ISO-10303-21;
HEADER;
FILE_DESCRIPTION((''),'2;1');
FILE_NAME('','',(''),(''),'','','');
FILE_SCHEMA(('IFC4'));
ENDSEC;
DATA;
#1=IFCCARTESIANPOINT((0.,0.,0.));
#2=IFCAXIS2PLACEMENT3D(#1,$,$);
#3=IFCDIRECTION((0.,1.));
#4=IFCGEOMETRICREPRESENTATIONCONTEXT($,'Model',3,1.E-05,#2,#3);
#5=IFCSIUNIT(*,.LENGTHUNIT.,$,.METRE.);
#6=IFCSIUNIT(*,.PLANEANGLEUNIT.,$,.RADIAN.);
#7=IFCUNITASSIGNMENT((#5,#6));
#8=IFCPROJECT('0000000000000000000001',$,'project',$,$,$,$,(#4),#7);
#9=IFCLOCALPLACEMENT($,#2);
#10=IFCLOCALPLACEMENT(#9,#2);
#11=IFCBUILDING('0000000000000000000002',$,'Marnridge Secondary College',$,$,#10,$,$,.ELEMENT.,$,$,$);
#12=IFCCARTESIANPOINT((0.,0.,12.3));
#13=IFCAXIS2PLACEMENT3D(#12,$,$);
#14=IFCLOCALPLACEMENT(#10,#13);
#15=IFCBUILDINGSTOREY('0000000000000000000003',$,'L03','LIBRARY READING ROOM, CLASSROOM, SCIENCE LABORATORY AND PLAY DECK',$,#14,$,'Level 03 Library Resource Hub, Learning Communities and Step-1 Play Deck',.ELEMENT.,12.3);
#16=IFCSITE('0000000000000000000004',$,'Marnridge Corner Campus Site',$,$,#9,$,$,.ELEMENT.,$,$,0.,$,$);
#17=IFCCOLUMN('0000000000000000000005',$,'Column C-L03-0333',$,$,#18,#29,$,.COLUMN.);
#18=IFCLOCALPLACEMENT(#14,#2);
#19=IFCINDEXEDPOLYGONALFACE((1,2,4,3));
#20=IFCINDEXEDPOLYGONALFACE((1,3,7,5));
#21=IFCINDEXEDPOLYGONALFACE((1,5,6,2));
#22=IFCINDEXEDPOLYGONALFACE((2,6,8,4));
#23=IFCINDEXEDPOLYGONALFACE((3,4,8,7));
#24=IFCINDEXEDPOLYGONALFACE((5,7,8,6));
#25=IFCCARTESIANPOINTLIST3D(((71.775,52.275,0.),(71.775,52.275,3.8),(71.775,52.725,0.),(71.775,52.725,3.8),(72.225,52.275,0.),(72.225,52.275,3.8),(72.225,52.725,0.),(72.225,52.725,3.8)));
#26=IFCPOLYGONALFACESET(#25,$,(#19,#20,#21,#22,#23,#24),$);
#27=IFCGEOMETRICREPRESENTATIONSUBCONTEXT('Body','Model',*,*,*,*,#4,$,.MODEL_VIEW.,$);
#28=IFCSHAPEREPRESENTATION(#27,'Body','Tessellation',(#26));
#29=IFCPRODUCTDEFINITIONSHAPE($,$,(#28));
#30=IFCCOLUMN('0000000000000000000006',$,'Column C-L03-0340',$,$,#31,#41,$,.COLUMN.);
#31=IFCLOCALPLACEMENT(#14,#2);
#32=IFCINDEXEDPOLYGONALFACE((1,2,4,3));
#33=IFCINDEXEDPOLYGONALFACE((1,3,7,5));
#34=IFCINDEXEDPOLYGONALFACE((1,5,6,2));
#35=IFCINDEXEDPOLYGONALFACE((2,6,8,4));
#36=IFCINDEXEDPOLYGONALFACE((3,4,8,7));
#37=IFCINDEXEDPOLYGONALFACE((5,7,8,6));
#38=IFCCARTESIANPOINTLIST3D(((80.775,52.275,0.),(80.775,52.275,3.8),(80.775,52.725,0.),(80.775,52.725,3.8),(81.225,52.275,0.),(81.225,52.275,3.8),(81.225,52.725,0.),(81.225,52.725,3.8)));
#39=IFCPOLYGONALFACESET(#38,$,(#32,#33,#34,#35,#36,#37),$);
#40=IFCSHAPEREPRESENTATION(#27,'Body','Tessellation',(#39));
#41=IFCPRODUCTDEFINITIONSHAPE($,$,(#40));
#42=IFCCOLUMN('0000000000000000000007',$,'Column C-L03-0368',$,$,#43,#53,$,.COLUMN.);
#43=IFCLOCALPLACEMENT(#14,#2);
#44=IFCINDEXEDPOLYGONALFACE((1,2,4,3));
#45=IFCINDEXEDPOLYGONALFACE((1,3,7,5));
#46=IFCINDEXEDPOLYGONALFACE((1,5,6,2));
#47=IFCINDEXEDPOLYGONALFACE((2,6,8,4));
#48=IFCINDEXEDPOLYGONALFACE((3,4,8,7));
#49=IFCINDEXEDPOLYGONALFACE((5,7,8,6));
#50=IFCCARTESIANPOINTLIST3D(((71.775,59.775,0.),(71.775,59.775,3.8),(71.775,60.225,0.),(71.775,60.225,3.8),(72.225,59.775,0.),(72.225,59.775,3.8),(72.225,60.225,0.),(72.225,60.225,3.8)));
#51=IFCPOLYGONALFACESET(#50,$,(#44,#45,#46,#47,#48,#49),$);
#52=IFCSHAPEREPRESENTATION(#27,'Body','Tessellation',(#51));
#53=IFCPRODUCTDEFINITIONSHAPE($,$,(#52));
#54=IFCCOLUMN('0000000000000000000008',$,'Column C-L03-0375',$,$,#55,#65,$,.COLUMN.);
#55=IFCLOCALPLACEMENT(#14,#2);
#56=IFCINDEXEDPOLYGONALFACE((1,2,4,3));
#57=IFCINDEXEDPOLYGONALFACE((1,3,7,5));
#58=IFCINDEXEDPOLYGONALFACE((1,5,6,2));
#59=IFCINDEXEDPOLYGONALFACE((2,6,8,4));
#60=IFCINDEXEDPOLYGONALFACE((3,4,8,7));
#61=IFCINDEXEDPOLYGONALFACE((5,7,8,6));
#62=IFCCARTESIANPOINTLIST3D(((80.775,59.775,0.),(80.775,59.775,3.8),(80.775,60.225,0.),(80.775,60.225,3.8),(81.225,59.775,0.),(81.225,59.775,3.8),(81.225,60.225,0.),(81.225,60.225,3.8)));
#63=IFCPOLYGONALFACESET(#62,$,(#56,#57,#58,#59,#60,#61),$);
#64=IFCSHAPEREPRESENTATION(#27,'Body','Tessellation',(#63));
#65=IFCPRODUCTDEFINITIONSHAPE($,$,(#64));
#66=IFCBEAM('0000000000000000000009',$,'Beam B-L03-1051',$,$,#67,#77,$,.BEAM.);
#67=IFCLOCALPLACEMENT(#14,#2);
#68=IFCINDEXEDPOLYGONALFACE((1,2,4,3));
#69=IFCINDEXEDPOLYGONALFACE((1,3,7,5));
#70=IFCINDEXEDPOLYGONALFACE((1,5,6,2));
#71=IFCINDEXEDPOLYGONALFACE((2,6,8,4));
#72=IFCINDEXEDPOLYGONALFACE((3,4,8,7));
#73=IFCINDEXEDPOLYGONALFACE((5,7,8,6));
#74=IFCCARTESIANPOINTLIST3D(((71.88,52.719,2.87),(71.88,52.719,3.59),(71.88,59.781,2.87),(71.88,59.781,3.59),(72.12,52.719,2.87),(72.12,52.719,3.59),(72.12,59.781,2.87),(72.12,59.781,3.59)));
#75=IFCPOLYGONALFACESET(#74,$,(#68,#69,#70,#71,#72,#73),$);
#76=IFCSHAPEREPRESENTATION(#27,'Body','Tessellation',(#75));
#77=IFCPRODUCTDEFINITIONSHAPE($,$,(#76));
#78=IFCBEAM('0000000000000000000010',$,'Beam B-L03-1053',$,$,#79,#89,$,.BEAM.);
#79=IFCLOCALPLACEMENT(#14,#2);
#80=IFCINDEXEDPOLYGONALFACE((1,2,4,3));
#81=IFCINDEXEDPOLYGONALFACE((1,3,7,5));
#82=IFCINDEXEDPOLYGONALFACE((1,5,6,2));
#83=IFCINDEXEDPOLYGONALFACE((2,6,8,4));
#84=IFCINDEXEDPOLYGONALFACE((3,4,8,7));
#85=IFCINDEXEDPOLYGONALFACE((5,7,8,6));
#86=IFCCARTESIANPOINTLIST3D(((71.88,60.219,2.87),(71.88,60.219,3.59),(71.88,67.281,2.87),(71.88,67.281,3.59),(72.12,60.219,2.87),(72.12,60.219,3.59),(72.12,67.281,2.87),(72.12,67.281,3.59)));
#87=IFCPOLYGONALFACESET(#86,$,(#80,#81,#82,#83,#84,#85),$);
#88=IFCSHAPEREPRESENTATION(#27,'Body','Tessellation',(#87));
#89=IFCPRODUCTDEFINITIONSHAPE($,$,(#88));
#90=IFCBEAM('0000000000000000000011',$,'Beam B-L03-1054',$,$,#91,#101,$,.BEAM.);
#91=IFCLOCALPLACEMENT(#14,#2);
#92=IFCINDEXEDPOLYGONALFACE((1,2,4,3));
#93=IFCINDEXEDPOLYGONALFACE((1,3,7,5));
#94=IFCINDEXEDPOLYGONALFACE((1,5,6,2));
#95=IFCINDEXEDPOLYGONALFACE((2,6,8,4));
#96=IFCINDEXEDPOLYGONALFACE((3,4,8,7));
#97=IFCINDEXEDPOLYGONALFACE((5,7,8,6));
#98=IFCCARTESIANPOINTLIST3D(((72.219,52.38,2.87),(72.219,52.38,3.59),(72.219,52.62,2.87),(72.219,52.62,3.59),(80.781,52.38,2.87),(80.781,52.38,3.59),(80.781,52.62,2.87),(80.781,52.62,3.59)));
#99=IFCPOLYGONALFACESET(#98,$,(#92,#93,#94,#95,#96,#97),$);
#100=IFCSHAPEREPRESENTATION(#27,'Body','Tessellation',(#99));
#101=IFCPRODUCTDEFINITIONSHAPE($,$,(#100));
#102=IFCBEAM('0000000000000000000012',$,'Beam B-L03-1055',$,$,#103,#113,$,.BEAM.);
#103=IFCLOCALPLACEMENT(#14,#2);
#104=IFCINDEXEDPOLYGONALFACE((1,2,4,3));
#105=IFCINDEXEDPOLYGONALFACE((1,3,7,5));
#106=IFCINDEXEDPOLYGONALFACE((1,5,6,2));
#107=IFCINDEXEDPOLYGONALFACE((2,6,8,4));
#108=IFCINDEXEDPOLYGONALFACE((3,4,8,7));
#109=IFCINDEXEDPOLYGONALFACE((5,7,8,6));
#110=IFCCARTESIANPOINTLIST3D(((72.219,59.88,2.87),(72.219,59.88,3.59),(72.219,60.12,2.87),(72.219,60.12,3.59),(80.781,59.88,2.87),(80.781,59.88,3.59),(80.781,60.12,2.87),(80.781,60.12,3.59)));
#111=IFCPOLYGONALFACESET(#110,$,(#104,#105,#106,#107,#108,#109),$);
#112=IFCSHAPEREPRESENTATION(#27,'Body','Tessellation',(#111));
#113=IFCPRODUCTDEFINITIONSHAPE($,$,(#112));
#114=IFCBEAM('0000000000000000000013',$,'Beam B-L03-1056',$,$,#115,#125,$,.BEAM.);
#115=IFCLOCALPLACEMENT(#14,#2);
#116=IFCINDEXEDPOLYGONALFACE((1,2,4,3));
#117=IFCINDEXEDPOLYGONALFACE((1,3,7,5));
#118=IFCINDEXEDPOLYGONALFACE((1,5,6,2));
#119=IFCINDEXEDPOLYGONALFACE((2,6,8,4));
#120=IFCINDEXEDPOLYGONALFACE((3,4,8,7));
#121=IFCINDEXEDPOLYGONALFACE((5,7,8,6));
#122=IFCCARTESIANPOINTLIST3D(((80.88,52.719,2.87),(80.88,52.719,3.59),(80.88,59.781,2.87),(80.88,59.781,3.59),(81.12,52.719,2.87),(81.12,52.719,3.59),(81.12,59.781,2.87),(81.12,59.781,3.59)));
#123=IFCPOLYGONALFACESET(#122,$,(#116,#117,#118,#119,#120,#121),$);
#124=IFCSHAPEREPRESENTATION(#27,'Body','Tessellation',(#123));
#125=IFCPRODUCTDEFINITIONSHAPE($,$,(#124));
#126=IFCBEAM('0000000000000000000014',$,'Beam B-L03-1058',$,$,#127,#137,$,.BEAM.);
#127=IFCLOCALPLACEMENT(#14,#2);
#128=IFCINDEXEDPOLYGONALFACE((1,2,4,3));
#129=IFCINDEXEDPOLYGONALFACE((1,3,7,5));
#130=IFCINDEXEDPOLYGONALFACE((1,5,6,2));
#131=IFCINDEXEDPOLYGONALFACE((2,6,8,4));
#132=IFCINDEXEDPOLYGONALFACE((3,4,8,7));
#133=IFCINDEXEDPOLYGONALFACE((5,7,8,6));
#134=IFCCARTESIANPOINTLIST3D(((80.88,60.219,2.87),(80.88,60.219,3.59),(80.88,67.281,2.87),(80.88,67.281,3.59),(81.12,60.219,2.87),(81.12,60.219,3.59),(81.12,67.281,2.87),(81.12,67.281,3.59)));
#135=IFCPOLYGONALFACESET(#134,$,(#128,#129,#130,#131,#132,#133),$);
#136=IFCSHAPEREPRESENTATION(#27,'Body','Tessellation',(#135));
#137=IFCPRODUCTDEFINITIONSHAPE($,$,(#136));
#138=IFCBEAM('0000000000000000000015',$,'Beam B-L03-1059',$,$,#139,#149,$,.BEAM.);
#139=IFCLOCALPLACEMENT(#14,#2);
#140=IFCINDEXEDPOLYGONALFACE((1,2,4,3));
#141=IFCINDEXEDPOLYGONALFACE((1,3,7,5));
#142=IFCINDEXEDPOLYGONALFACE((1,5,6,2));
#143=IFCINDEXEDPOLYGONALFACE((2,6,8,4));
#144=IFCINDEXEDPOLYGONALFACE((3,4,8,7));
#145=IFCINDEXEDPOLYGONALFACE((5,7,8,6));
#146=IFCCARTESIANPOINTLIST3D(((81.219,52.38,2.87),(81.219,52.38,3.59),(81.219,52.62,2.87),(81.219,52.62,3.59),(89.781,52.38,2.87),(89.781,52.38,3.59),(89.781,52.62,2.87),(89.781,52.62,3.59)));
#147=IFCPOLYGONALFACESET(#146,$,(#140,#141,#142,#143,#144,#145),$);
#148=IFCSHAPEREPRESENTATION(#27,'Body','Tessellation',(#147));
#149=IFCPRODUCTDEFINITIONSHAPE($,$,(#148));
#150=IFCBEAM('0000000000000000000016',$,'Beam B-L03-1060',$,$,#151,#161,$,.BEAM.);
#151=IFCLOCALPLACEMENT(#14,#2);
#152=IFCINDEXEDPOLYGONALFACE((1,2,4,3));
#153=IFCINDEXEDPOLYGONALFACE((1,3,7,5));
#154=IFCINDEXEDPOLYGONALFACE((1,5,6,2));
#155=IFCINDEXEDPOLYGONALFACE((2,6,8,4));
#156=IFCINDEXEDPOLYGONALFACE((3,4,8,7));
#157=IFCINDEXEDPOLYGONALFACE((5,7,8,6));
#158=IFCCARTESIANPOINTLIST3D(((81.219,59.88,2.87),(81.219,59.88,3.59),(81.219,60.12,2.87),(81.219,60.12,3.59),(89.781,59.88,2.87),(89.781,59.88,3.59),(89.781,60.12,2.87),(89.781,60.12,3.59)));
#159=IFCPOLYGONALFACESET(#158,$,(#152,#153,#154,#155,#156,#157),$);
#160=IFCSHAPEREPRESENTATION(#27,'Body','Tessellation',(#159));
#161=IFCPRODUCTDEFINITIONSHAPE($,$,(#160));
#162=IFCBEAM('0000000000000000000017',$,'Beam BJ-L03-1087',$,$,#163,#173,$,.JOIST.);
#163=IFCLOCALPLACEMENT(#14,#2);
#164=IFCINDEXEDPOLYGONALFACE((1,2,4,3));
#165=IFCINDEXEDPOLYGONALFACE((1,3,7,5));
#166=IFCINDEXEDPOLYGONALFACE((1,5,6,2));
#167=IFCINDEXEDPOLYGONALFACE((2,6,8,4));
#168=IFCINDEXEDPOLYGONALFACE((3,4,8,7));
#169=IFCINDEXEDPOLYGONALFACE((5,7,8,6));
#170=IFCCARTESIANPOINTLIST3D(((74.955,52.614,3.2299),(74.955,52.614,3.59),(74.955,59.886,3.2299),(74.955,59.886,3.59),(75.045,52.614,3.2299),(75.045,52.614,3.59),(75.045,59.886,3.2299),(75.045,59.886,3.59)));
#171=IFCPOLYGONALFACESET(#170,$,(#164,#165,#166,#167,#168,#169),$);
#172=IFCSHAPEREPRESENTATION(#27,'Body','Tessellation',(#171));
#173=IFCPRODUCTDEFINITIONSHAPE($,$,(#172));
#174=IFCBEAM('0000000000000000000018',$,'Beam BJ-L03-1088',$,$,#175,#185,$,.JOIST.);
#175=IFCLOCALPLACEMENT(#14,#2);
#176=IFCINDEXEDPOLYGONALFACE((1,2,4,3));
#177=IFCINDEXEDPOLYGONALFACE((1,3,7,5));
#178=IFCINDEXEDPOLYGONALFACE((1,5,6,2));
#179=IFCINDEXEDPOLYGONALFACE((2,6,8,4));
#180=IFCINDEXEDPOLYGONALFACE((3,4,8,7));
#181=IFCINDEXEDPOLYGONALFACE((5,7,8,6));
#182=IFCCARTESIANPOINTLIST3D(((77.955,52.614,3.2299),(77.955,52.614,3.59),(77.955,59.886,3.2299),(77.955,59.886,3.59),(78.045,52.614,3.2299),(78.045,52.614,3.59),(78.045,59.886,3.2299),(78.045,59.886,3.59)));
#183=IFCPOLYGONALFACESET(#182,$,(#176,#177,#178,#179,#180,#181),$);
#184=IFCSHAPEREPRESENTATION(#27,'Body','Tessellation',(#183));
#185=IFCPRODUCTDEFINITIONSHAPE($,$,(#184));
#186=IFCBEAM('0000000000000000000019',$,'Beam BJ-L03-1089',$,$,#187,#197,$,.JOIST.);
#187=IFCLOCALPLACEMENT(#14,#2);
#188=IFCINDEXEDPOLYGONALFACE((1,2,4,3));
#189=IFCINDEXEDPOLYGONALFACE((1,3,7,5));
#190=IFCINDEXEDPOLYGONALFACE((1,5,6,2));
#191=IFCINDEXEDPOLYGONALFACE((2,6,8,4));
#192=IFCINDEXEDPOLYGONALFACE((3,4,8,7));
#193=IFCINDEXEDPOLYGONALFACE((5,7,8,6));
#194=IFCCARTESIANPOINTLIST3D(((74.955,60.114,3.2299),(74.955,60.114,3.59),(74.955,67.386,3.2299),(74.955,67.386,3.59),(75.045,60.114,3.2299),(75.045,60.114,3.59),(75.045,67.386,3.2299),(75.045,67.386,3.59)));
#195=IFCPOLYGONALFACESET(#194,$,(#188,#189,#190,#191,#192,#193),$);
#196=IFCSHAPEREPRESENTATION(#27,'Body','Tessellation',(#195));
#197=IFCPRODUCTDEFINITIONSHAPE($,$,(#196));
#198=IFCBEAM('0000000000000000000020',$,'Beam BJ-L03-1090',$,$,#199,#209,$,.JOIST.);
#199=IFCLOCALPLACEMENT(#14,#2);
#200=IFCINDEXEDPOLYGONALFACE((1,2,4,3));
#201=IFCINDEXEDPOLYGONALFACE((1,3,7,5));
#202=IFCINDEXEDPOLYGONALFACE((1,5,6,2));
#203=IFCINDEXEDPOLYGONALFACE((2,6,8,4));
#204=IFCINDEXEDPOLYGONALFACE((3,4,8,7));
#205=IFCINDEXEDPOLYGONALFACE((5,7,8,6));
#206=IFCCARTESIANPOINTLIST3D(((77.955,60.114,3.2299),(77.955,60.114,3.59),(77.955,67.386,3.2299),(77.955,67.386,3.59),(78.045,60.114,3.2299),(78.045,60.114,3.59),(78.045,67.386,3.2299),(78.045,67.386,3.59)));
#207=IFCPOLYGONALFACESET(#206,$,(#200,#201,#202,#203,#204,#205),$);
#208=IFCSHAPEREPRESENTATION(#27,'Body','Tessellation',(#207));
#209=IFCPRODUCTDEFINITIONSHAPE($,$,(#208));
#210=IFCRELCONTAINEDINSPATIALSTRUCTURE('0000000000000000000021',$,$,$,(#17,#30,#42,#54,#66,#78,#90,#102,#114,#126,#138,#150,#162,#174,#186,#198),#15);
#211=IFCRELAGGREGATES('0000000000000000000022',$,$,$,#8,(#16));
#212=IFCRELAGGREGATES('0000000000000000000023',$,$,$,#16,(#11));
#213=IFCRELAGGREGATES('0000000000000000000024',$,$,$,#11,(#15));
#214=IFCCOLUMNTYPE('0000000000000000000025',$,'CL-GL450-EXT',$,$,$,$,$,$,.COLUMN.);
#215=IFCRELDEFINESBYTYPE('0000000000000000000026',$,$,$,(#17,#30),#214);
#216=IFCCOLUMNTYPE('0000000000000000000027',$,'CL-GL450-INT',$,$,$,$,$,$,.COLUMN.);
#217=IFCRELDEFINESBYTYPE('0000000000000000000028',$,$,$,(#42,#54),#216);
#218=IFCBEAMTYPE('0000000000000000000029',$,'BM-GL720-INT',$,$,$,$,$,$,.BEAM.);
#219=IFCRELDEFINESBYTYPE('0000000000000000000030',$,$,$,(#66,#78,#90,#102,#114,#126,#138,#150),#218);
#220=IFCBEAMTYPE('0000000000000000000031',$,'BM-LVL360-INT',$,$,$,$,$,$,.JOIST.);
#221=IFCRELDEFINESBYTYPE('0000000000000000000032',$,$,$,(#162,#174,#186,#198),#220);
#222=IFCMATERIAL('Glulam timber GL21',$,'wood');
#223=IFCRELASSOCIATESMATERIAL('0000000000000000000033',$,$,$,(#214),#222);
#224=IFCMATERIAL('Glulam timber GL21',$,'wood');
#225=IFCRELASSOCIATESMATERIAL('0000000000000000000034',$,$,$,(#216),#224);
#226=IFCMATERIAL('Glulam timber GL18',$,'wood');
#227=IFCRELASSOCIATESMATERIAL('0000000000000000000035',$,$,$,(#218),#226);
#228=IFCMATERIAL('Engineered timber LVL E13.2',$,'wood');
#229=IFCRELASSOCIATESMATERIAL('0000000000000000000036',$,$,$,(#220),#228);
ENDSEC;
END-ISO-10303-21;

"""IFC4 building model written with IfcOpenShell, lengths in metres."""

from ifc_helpers import new_model, si_unit, direction, frame, origin, origin_2d, place, context, subcontext, project, spatial, rectangle, extrude, material, material_profile, profile_set, type_object, element, save


model = new_model("IFC4")

# Units and contexts
model_context = context("Model", 3, precision=1e-05, world=origin(), true_north=direction((0.0, 1.0)))
body_context = subcontext(model_context, "Body", "Model", "MODEL_VIEW")
ifc_project = project(units=[si_unit("LENGTHUNIT", "METRE"), si_unit("PLANEANGLEUNIT", "RADIAN")], contexts=[model_context])

# Site, building, storey
site_placement = place(None, origin())
site = spatial("IfcSite", under=ifc_project, at=site_placement, Name="Marnridge Corner Campus Site", CompositionType="ELEMENT", RefElevation=0.0)
building_placement = place(site_placement, origin())
building = spatial("IfcBuilding", under=site, at=building_placement, Name="Marnridge Secondary College", CompositionType="ELEMENT")
storey_placement = place(building_placement, frame((0.0, 0.0, 12.3)))
storey = spatial("IfcBuildingStorey", under=building, at=storey_placement, Name="L03", Description="LIBRARY READING ROOM, CLASSROOM, SCIENCE LABORATORY AND PLAY DECK", LongName="Level 03 Library Resource Hub, Learning Communities and Step-1 Play Deck", CompositionType="ELEMENT", Elevation=12.3)

# Columns
ifc_material_1 = material(Name="Glulam timber GL21", Category="wood")
ifc_material_profile_1 = material_profile(ifc_material_1, rectangle(XDim=0.45, YDim=0.45, at=origin_2d()), Name="GL21 450x450")
ifc_profile_set_1 = profile_set([ifc_material_profile_1], Name="Glulam timber GL21")
column_type_1 = type_object("IfcColumnType", Name="CL-GL450-EXT", PredefinedType="COLUMN", material=ifc_profile_set_1)
for number, where, z_axis, x_axis, name in (
    (1, (72.0, 52.5, 0.0), (0.0, 0.0, 1.0), (1.0, 0.0, 0.0), "Column C-L03-0333"),
    (2, (81.0, 52.5, 0.0), (0.0, 0.0, 1.0), (1.0, 0.0, 0.0), "Column C-L03-0340"),
):
    element("IfcColumn", number, at=place(storey_placement, frame(where, z_axis=z_axis, x_axis=x_axis)), inside=storey, type_object=column_type_1, Name=name, PredefinedType="COLUMN", context=body_context, shape_type="SweptSolid", body=[
        extrude(rectangle(XDim=0.45, YDim=0.45, at=origin_2d()), origin(), (0.0, 0.0, 1.0), 3.8),
    ])
ifc_material_2 = material(Name="Glulam timber GL21", Category="wood")
ifc_material_profile_2 = material_profile(ifc_material_2, rectangle(XDim=0.45, YDim=0.45, at=origin_2d()), Name="GL21 450x450")
ifc_profile_set_2 = profile_set([ifc_material_profile_2], Name="Glulam timber GL21")
column_type_2 = type_object("IfcColumnType", Name="CL-GL450-INT", PredefinedType="COLUMN", material=ifc_profile_set_2)
for number, where, z_axis, x_axis, name in (
    (3, (72.0, 60.0, 0.0), (0.0, 0.0, 1.0), (1.0, 0.0, 0.0), "Column C-L03-0368"),
    (4, (81.0, 60.0, 0.0), (0.0, 0.0, 1.0), (1.0, 0.0, 0.0), "Column C-L03-0375"),
):
    element("IfcColumn", number, at=place(storey_placement, frame(where, z_axis=z_axis, x_axis=x_axis)), inside=storey, type_object=column_type_2, Name=name, PredefinedType="COLUMN", context=body_context, shape_type="SweptSolid", body=[
        extrude(rectangle(XDim=0.45, YDim=0.45, at=origin_2d()), origin(), (0.0, 0.0, 1.0), 3.8),
    ])

# Beams
ifc_material_3 = material(Name="Glulam timber GL18", Category="wood")
ifc_material_profile_3 = material_profile(ifc_material_3, rectangle(XDim=0.24, YDim=0.72, at=origin_2d()), Name="GL18 240x720")
ifc_profile_set_3 = profile_set([ifc_material_profile_3], Name="Glulam timber GL18")
beam_type_1 = type_object("IfcBeamType", Name="BM-GL720-INT", PredefinedType="BEAM", material=ifc_profile_set_3)
for number, where, z_axis, x_axis, name in (
    (5, (72.0, 52.719, 3.23), (0.0, 1.0, 0.0), (-1.0, 0.0, 0.0), "Beam B-L03-1051"),
    (6, (72.0, 60.219, 3.23), (0.0, 1.0, 0.0), (-1.0, 0.0, 0.0), "Beam B-L03-1053"),
):
    element("IfcBeam", number, at=place(storey_placement, frame(where, z_axis=z_axis, x_axis=x_axis)), inside=storey, type_object=beam_type_1, Name=name, PredefinedType="BEAM", context=body_context, shape_type="SweptSolid", body=[
        extrude(rectangle(XDim=0.24, YDim=0.72, at=origin_2d()), origin(), (0.0, 0.0, 1.0), 7.062),
    ])
for number, where, z_axis, x_axis, name in (
    (7, (72.219, 52.5, 3.23), (1.0, 0.0, 0.0), (0.0, 1.0, 0.0), "Beam B-L03-1054"),
    (8, (72.219, 60.0, 3.23), (1.0, 0.0, 0.0), (0.0, 1.0, 0.0), "Beam B-L03-1055"),
):
    element("IfcBeam", number, at=place(storey_placement, frame(where, z_axis=z_axis, x_axis=x_axis)), inside=storey, type_object=beam_type_1, Name=name, PredefinedType="BEAM", context=body_context, shape_type="SweptSolid", body=[
        extrude(rectangle(XDim=0.24, YDim=0.72, at=origin_2d()), origin(), (0.0, 0.0, 1.0), 8.562),
    ])
for number, where, z_axis, x_axis, name in (
    (9, (81.0, 52.719, 3.23), (0.0, 1.0, 0.0), (-1.0, 0.0, 0.0), "Beam B-L03-1056"),
    (10, (81.0, 60.219, 3.23), (0.0, 1.0, 0.0), (-1.0, 0.0, 0.0), "Beam B-L03-1058"),
):
    element("IfcBeam", number, at=place(storey_placement, frame(where, z_axis=z_axis, x_axis=x_axis)), inside=storey, type_object=beam_type_1, Name=name, PredefinedType="BEAM", context=body_context, shape_type="SweptSolid", body=[
        extrude(rectangle(XDim=0.24, YDim=0.72, at=origin_2d()), origin(), (0.0, 0.0, 1.0), 7.062),
    ])
for number, where, z_axis, x_axis, name in (
    (11, (81.219, 52.5, 3.23), (1.0, 0.0, 0.0), (0.0, 1.0, 0.0), "Beam B-L03-1059"),
    (12, (81.219, 60.0, 3.23), (1.0, 0.0, 0.0), (0.0, 1.0, 0.0), "Beam B-L03-1060"),
):
    element("IfcBeam", number, at=place(storey_placement, frame(where, z_axis=z_axis, x_axis=x_axis)), inside=storey, type_object=beam_type_1, Name=name, PredefinedType="BEAM", context=body_context, shape_type="SweptSolid", body=[
        extrude(rectangle(XDim=0.24, YDim=0.72, at=origin_2d()), origin(), (0.0, 0.0, 1.0), 8.562),
    ])
ifc_material_4 = material(Name="Engineered timber LVL E13.2", Category="wood")
ifc_material_profile_4 = material_profile(ifc_material_4, rectangle(XDim=0.0901, YDim=0.3601, at=origin_2d()), Name="LVL 90x360")
ifc_profile_set_4 = profile_set([ifc_material_profile_4], Name="Engineered timber LVL E13.2")
beam_type_2 = type_object("IfcBeamType", Name="BM-LVL360-INT", PredefinedType="JOIST", material=ifc_profile_set_4)
for number, where, z_axis, x_axis, name in (
    (13, (75.0, 52.614, 3.4099), (0.0, 1.0, 0.0), (-1.0, 0.0, 0.0), "Beam BJ-L03-1087"),
    (14, (78.0, 52.614, 3.4099), (0.0, 1.0, 0.0), (-1.0, 0.0, 0.0), "Beam BJ-L03-1088"),
    (15, (75.0, 60.114, 3.4099), (0.0, 1.0, 0.0), (-1.0, 0.0, 0.0), "Beam BJ-L03-1089"),
    (16, (78.0, 60.114, 3.4099), (0.0, 1.0, 0.0), (-1.0, 0.0, 0.0), "Beam BJ-L03-1090"),
):
    element("IfcBeam", number, at=place(storey_placement, frame(where, z_axis=z_axis, x_axis=x_axis)), inside=storey, type_object=beam_type_2, Name=name, PredefinedType="JOIST", context=body_context, shape_type="SweptSolid", body=[
        extrude(rectangle(XDim=0.0901, YDim=0.3601, at=origin_2d()), origin(), (0.0, 0.0, 1.0), 7.272),
    ])

save(model, "model.ifc")
